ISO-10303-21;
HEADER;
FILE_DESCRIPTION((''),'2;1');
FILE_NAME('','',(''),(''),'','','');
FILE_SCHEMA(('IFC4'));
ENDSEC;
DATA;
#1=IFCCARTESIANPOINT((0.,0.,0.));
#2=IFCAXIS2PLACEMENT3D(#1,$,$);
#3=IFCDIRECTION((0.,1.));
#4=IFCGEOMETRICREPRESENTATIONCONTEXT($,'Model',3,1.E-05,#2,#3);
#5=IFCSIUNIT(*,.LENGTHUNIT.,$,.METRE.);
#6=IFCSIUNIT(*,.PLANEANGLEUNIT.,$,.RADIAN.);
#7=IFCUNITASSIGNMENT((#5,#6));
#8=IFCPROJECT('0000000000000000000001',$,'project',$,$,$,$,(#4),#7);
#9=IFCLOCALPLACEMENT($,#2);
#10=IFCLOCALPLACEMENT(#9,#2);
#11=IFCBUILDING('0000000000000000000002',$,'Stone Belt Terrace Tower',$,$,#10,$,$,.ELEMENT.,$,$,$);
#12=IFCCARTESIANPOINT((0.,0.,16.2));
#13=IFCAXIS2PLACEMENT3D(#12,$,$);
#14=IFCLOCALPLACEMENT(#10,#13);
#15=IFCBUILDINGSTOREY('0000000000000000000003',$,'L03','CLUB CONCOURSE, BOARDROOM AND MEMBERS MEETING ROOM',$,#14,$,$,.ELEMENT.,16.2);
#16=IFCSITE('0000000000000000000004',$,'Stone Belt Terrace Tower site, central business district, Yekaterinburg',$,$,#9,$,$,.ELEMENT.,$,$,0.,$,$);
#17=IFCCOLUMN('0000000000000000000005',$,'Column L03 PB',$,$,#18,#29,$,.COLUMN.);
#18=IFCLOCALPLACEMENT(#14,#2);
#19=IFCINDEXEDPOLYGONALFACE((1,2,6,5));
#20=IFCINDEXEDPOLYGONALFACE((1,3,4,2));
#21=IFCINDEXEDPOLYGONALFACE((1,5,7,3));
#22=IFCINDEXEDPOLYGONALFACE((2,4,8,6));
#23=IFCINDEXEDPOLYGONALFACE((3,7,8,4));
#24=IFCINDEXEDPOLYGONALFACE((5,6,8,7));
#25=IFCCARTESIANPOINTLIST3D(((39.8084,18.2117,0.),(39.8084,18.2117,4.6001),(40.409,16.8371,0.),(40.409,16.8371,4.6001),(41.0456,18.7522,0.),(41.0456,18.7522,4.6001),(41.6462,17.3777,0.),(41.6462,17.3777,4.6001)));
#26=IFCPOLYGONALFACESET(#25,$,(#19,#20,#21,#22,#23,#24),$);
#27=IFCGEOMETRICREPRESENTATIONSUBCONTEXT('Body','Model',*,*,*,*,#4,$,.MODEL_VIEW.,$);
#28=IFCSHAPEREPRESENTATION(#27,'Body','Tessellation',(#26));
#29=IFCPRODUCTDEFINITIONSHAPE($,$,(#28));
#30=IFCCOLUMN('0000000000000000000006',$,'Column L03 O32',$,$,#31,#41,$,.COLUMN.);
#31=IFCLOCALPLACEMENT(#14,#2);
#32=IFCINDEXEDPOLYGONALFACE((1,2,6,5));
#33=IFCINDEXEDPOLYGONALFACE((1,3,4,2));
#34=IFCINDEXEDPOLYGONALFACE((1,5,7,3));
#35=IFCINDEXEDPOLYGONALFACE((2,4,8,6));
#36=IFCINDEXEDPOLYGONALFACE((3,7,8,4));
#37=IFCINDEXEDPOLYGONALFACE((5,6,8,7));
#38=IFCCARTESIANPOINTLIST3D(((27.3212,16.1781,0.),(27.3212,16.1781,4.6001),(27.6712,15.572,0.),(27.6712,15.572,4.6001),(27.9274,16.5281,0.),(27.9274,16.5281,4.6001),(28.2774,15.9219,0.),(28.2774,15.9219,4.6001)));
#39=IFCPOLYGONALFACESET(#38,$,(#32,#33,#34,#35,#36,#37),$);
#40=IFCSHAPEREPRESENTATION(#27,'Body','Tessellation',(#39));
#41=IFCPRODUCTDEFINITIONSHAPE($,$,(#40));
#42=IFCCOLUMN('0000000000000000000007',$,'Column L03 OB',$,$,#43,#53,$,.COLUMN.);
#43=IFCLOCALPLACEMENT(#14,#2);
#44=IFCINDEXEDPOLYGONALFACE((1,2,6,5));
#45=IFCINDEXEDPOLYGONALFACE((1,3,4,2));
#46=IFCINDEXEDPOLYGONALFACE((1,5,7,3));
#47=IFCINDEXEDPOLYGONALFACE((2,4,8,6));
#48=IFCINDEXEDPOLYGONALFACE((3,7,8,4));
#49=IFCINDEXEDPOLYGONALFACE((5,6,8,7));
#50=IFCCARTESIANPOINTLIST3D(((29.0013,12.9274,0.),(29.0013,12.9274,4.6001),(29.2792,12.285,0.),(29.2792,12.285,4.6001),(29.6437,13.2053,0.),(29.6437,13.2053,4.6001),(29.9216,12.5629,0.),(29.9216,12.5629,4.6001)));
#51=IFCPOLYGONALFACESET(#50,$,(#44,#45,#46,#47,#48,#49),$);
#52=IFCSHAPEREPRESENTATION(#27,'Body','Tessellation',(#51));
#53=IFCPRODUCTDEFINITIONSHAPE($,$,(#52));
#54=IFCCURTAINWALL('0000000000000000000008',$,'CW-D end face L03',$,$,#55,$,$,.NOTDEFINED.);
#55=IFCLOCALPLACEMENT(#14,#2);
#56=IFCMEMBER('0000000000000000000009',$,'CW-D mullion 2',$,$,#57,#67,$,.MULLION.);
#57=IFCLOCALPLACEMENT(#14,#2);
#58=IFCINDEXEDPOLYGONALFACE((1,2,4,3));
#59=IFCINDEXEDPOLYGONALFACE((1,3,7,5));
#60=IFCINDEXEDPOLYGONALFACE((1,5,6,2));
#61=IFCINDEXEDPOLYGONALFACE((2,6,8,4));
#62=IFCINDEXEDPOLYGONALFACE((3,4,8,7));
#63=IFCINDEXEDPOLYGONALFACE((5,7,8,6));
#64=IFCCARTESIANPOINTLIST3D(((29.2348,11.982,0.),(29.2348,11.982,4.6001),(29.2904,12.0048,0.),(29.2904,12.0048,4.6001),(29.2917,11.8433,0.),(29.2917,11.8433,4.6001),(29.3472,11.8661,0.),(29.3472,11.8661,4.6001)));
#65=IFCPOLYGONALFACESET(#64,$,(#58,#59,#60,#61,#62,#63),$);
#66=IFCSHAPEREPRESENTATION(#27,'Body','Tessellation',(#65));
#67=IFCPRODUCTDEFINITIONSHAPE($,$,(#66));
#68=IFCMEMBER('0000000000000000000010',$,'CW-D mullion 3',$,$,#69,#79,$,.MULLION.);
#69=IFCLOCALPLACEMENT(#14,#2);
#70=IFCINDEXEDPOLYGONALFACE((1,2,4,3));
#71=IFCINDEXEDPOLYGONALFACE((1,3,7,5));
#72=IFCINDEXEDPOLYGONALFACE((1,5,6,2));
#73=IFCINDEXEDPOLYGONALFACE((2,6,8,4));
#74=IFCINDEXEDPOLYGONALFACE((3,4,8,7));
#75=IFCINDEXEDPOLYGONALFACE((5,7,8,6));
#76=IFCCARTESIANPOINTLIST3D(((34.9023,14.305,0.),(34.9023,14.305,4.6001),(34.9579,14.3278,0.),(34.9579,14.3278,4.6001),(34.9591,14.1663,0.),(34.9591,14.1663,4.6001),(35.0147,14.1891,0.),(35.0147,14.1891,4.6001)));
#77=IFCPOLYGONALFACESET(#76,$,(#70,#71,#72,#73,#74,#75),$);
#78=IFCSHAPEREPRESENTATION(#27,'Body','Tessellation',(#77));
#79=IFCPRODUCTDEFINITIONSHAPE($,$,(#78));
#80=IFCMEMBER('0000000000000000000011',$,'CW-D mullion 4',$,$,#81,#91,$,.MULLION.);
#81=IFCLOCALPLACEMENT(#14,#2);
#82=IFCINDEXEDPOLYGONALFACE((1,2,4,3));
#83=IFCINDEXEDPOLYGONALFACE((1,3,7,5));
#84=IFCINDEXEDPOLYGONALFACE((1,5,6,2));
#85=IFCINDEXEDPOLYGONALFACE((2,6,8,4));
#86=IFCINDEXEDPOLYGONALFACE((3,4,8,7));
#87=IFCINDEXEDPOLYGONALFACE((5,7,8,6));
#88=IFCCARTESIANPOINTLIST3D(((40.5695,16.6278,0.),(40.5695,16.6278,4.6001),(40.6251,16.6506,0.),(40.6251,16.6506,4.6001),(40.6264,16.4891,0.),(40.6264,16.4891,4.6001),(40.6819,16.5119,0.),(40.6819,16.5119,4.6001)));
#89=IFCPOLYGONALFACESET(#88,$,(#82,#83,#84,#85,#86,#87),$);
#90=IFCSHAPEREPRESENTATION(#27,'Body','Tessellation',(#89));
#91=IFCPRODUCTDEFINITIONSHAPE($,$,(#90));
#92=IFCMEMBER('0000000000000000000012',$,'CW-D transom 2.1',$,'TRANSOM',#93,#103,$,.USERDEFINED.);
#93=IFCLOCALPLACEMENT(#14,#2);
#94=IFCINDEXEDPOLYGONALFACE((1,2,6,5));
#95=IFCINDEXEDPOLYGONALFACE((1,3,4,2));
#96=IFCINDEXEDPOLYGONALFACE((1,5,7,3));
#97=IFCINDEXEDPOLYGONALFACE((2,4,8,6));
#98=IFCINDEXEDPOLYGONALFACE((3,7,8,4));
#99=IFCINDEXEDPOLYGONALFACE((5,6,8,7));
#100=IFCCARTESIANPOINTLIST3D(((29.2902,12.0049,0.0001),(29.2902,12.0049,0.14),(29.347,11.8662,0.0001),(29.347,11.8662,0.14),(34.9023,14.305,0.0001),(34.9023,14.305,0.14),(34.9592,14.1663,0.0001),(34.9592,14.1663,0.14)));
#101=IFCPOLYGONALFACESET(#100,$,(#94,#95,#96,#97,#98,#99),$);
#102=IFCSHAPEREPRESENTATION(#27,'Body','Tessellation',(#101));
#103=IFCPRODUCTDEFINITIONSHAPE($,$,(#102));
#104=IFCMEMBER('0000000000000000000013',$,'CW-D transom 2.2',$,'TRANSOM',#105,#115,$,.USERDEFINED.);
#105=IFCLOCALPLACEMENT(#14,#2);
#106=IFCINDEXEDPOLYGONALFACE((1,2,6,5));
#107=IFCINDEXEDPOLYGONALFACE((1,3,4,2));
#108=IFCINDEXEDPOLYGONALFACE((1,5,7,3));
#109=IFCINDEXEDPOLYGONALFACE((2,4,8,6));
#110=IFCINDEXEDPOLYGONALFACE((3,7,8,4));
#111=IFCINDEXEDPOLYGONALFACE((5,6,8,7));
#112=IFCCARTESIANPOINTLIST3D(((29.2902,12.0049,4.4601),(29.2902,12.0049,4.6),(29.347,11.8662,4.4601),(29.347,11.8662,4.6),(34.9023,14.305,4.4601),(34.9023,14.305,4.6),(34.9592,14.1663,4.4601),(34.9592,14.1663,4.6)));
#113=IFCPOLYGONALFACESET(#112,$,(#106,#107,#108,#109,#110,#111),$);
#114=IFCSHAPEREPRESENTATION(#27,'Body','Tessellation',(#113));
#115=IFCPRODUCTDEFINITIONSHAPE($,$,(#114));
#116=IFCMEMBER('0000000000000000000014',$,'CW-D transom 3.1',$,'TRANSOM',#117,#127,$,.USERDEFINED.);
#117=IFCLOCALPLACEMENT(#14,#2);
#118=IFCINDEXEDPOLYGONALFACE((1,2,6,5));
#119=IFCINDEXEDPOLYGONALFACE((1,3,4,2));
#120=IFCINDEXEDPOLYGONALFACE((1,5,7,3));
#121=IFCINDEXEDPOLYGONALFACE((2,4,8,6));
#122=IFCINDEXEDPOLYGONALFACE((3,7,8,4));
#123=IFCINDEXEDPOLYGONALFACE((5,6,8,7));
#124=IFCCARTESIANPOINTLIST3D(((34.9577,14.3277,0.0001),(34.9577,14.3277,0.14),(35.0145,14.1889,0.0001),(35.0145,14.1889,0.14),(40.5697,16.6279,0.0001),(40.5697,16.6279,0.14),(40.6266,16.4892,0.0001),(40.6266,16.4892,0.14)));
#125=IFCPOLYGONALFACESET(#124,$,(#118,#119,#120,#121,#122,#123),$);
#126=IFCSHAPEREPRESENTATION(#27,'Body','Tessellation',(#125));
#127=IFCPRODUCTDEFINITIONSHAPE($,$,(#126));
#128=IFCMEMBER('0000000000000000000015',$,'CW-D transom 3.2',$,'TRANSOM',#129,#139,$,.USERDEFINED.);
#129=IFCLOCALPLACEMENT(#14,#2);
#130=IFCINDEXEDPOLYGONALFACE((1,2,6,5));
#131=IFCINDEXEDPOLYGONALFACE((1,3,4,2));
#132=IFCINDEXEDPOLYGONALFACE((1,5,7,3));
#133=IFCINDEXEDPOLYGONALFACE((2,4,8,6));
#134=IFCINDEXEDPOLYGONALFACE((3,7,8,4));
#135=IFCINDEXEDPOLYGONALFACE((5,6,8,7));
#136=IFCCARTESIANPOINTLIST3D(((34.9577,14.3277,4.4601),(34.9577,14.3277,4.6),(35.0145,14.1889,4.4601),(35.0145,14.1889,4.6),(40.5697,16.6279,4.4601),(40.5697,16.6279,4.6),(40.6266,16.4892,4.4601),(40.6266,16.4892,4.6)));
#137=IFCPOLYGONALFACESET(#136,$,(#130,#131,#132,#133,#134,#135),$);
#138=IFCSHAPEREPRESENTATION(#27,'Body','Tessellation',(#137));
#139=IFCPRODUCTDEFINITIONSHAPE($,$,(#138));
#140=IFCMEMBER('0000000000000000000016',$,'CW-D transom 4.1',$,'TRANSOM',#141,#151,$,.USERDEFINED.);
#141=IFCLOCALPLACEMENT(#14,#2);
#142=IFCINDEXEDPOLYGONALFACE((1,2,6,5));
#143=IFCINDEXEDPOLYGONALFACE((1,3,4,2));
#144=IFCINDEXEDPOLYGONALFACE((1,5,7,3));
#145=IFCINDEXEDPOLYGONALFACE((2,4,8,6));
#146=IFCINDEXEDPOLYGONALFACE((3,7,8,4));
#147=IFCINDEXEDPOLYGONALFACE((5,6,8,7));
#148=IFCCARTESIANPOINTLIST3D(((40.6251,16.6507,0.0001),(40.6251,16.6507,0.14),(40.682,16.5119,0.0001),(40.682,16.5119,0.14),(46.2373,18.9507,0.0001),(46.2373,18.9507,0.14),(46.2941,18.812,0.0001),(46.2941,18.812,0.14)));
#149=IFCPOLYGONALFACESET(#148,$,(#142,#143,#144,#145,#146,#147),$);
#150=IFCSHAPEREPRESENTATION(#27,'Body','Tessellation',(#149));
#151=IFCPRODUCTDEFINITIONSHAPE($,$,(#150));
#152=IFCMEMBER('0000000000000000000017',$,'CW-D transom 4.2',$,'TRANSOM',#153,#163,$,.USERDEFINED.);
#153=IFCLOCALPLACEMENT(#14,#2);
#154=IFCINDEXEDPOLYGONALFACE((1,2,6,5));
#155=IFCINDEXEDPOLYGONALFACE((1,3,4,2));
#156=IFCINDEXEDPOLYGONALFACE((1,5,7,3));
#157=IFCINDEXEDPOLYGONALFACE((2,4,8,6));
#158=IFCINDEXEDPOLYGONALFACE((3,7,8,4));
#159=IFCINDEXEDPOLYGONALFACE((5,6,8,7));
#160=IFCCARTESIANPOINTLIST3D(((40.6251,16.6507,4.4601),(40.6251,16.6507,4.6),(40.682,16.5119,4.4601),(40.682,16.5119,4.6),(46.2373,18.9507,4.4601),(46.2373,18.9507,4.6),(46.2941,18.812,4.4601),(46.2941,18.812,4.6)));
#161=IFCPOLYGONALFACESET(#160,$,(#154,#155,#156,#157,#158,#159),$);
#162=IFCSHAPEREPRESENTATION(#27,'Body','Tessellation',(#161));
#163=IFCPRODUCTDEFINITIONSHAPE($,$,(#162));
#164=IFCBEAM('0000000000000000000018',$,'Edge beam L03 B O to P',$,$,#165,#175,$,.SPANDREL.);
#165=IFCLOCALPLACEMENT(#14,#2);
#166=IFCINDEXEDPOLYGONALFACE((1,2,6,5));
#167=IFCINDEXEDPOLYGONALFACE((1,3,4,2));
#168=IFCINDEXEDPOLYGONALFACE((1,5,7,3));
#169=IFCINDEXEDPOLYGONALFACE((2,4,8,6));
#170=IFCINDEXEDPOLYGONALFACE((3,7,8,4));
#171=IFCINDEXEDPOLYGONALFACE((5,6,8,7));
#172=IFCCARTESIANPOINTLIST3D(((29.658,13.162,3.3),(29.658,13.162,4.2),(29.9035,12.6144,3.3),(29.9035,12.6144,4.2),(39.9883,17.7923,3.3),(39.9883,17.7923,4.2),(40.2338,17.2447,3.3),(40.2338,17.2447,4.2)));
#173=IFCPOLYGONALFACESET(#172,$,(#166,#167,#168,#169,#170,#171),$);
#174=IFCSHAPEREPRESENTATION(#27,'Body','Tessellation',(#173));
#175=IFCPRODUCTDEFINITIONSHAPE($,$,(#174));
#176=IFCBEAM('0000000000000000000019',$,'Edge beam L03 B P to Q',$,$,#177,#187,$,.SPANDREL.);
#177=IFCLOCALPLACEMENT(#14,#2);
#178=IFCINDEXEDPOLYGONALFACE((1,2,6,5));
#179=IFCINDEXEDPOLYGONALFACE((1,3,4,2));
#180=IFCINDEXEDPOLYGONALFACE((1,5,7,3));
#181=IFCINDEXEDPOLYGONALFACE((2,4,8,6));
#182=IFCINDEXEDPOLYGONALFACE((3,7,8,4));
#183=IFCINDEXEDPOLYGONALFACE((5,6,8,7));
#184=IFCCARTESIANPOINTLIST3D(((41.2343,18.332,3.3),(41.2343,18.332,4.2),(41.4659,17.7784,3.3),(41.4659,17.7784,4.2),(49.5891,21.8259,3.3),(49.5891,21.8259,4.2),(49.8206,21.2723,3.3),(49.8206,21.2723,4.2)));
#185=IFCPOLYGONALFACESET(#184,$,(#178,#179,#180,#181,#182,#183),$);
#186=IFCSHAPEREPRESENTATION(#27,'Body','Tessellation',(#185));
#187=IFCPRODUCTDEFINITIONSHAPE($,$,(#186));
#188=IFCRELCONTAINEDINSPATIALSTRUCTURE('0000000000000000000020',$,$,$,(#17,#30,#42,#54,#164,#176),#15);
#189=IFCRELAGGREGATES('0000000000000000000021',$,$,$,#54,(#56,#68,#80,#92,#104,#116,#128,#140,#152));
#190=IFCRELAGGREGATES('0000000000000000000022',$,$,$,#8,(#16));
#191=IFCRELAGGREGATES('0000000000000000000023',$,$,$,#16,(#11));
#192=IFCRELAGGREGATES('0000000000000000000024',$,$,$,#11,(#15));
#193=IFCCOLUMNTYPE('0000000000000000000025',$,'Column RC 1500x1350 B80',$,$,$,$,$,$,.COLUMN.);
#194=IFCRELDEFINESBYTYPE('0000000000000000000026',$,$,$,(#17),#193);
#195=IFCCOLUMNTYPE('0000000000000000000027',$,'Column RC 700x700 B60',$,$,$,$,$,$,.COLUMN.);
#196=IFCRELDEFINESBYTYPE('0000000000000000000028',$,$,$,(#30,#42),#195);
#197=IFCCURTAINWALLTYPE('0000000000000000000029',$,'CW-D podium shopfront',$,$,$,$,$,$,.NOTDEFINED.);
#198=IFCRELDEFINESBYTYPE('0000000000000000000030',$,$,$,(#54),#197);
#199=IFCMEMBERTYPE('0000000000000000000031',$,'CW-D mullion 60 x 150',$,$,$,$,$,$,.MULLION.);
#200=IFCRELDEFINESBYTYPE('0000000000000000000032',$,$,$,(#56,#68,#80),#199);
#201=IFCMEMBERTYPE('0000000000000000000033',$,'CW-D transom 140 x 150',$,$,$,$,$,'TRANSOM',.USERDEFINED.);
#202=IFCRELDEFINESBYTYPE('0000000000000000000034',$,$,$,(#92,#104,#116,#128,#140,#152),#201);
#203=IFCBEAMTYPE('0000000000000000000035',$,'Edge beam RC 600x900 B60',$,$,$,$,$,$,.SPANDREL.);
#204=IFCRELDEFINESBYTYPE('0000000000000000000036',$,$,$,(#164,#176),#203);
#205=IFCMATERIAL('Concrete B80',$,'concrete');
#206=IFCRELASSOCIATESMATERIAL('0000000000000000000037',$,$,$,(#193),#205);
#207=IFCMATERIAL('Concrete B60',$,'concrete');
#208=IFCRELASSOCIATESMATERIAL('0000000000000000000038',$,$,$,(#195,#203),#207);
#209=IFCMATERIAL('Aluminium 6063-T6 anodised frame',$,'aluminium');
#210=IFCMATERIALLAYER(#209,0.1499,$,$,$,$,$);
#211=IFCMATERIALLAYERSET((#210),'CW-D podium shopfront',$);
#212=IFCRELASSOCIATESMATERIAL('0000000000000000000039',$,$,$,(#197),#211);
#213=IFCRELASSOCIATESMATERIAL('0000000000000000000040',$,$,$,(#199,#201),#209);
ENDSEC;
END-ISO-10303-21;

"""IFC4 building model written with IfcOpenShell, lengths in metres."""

from ifc_helpers import new_model, si_unit, direction, frame, origin, origin_2d, place, context, subcontext, project, spatial, rectangle, extrude, material, layer, layer_set, material_profile, profile_set, type_object, element, aggregate, save


model = new_model("IFC4")

# Units and contexts
model_context = context("Model", 3, precision=1e-05, world=origin(), true_north=direction((0.0, 1.0)))
body_context = subcontext(model_context, "Body", "Model", "MODEL_VIEW")
ifc_project = project(units=[si_unit("LENGTHUNIT", "METRE"), si_unit("PLANEANGLEUNIT", "RADIAN")], contexts=[model_context])

# Site, building, storey
site_placement = place(None, origin())
site = spatial("IfcSite", under=ifc_project, at=site_placement, Name="Stone Belt Terrace Tower site, central business district, Yekaterinburg", CompositionType="ELEMENT", RefElevation=0.0)
building_placement = place(site_placement, origin())
building = spatial("IfcBuilding", under=site, at=building_placement, Name="Stone Belt Terrace Tower", CompositionType="ELEMENT")
storey_placement = place(building_placement, frame((0.0, 0.0, 16.2)))
storey = spatial("IfcBuildingStorey", under=building, at=storey_placement, Name="L03", Description="CLUB CONCOURSE, BOARDROOM AND MEMBERS MEETING ROOM", CompositionType="ELEMENT", Elevation=16.2)

# Columns
ifc_material_1 = material(Name="Concrete B80", Category="concrete")
ifc_material_profile_1 = material_profile(ifc_material_1, rectangle(XDim=1.5, YDim=1.3501, at=origin_2d()), Name="RC 1500x1350")
ifc_profile_set_1 = profile_set([ifc_material_profile_1], Name="Concrete B80")
column_type_1 = type_object("IfcColumnType", Name="Column RC 1500x1350 B80", PredefinedType="COLUMN", material=ifc_profile_set_1)
column_placement = place(storey_placement, frame((40.7273, 17.7947, 0.0), z_axis=(0.0, 0.0, 1.0), x_axis=(0.400376, -0.916351, 0.0)))
element("IfcColumn", 1, at=column_placement, inside=storey, type_object=column_type_1, Name="Column L03 PB", PredefinedType="COLUMN", context=body_context, shape_type="SweptSolid", body=[
    extrude(rectangle(XDim=1.5, YDim=1.3501, at=origin_2d()), origin(), (0.0, 0.0, 1.0), 4.6001),
])
ifc_material_2 = material(Name="Concrete B60", Category="concrete")
ifc_material_profile_2 = material_profile(ifc_material_2, rectangle(XDim=0.7, YDim=0.7, at=origin_2d()), Name="RC 700x700")
ifc_profile_set_2 = profile_set([ifc_material_profile_2], Name="Concrete B60")
column_type_2 = type_object("IfcColumnType", Name="Column RC 700x700 B60", PredefinedType="COLUMN", material=ifc_profile_set_2)
for number, where, z_axis, x_axis, name in (
    (2, (27.7993, 16.05, 0.0), (0.0, 0.0, 1.0), (0.5, -0.866025, 0.0), "Column L03 O32"),
    (3, (29.4614, 12.7451, 0.0), (0.0, 0.0, 1.0), (0.397044, -0.9178, 0.0), "Column L03 OB"),
):
    element("IfcColumn", number, at=place(storey_placement, frame(where, z_axis=z_axis, x_axis=x_axis)), inside=storey, type_object=column_type_2, Name=name, PredefinedType="COLUMN", context=body_context, shape_type="SweptSolid", body=[
        extrude(rectangle(XDim=0.7, YDim=0.7, at=origin_2d()), origin(), (0.0, 0.0, 1.0), 4.6001),
    ])

# Curtain wall, members
ifc_material_3 = material(Name="Aluminium 6063-T6 anodised frame", Category="aluminium")
ifc_layer_1 = layer(ifc_material_3, 0.1499)
ifc_layer_set_1 = layer_set([ifc_layer_1], Name="CW-D podium shopfront")
curtain_wall_type = type_object("IfcCurtainWallType", Name="CW-D podium shopfront", PredefinedType="NOTDEFINED", material=ifc_layer_set_1)
curtain_wall_placement = place(storey_placement, origin())
curtain_wall = element("IfcCurtainWall", 4, at=curtain_wall_placement, inside=storey, type_object=curtain_wall_type, Name="CW-D end face L03", PredefinedType="NOTDEFINED")
ifc_material_profile_3 = material_profile(ifc_material_3, rectangle(XDim=0.1499, YDim=0.0601, at=origin_2d()), Name="Aluminium 6063-T6 60x150")
ifc_profile_set_3 = profile_set([ifc_material_profile_3], Name="Aluminium 6063-T6 anodised frame")
member_type_1 = type_object("IfcMemberType", Name="CW-D mullion 60 x 150", PredefinedType="MULLION", material=ifc_profile_set_3)
member_1_placement = place(storey_placement, frame((29.291, 11.9241, 0.0), z_axis=(0.0, 0.0, 1.0), x_axis=(-0.379243, 0.925297, 0.0)))
member_1 = element("IfcMember", 5, at=member_1_placement, type_object=member_type_1, Name="CW-D mullion 2", PredefinedType="MULLION", context=body_context, shape_type="SweptSolid", body=[
    extrude(rectangle(XDim=0.1499, YDim=0.0601, at=origin_2d()), origin(), (0.0, 0.0, 1.0), 4.6001),
])
member_2_placement = place(storey_placement, frame((34.9585, 14.2471, 0.0), z_axis=(0.0, 0.0, 1.0), x_axis=(-0.379243, 0.925297, 0.0)))
member_2 = element("IfcMember", 6, at=member_2_placement, type_object=member_type_1, Name="CW-D mullion 3", PredefinedType="MULLION", context=body_context, shape_type="SweptSolid", body=[
    extrude(rectangle(XDim=0.1499, YDim=0.0601, at=origin_2d()), origin(), (0.0, 0.0, 1.0), 4.6001),
])
member_3_placement = place(storey_placement, frame((40.6257, 16.5698, 0.0), z_axis=(0.0, 0.0, 1.0), x_axis=(-0.379243, 0.925297, 0.0)))
member_3 = element("IfcMember", 7, at=member_3_placement, type_object=member_type_1, Name="CW-D mullion 4", PredefinedType="MULLION", context=body_context, shape_type="SweptSolid", body=[
    extrude(rectangle(XDim=0.1499, YDim=0.0601, at=origin_2d()), origin(), (0.0, 0.0, 1.0), 4.6001),
])
ifc_material_profile_4 = material_profile(ifc_material_3, rectangle(XDim=0.1499, YDim=0.1399, at=origin_2d()), Name="Aluminium 6063-T6 150x140")
ifc_profile_set_4 = profile_set([ifc_material_profile_4], Name="Aluminium 6063-T6 anodised frame")
member_type_2 = type_object("IfcMemberType", Name="CW-D transom 140 x 150", ElementType="TRANSOM", PredefinedType="USERDEFINED", material=ifc_profile_set_4)
member_4_placement = place(storey_placement, frame((29.3186, 11.9355, 0.0701), z_axis=(0.925304, 0.379227, 0.0), x_axis=(-0.379227, 0.925304, 0.0)))
member_4 = element("IfcMember", 8, at=member_4_placement, type_object=member_type_2, Name="CW-D transom 2.1", ObjectType="TRANSOM", PredefinedType="USERDEFINED", context=body_context, shape_type="SweptSolid", body=[
    extrude(rectangle(XDim=0.1499, YDim=0.1399, at=origin_2d()), origin(), (0.0, 0.0, 1.0), 6.0652),
])
member_5_placement = place(storey_placement, frame((29.3186, 11.9355, 4.53), z_axis=(0.925304, 0.379227, 0.0), x_axis=(-0.379227, 0.925304, 0.0)))
member_5 = element("IfcMember", 9, at=member_5_placement, type_object=member_type_2, Name="CW-D transom 2.2", ObjectType="TRANSOM", PredefinedType="USERDEFINED", context=body_context, shape_type="SweptSolid", body=[
    extrude(rectangle(XDim=0.1499, YDim=0.1399, at=origin_2d()), origin(), (0.0, 0.0, 1.0), 6.0652),
])
member_6_placement = place(storey_placement, frame((34.9861, 14.2583, 0.0701), z_axis=(0.92529, 0.379261, 0.0), x_axis=(-0.379261, 0.92529, 0.0)))
member_6 = element("IfcMember", 10, at=member_6_placement, type_object=member_type_2, Name="CW-D transom 3.1", ObjectType="TRANSOM", PredefinedType="USERDEFINED", context=body_context, shape_type="SweptSolid", body=[
    extrude(rectangle(XDim=0.1499, YDim=0.1399, at=origin_2d()), origin(), (0.0, 0.0, 1.0), 6.0652),
])
member_7_placement = place(storey_placement, frame((34.9861, 14.2583, 4.53), z_axis=(0.92529, 0.379261, 0.0), x_axis=(-0.379261, 0.92529, 0.0)))
member_7 = element("IfcMember", 11, at=member_7_placement, type_object=member_type_2, Name="CW-D transom 3.2", ObjectType="TRANSOM", PredefinedType="USERDEFINED", context=body_context, shape_type="SweptSolid", body=[
    extrude(rectangle(XDim=0.1499, YDim=0.1399, at=origin_2d()), origin(), (0.0, 0.0, 1.0), 6.0652),
])
member_8_placement = place(storey_placement, frame((40.6536, 16.5813, 0.0701), z_axis=(0.925304, 0.379227, 0.0), x_axis=(-0.379227, 0.925304, 0.0)))
member_8 = element("IfcMember", 12, at=member_8_placement, type_object=member_type_2, Name="CW-D transom 4.1", ObjectType="TRANSOM", PredefinedType="USERDEFINED", context=body_context, shape_type="SweptSolid", body=[
    extrude(rectangle(XDim=0.1499, YDim=0.1399, at=origin_2d()), origin(), (0.0, 0.0, 1.0), 6.0652),
])
member_9_placement = place(storey_placement, frame((40.6536, 16.5813, 4.53), z_axis=(0.925304, 0.379227, 0.0), x_axis=(-0.379227, 0.925304, 0.0)))
member_9 = element("IfcMember", 13, at=member_9_placement, type_object=member_type_2, Name="CW-D transom 4.2", ObjectType="TRANSOM", PredefinedType="USERDEFINED", context=body_context, shape_type="SweptSolid", body=[
    extrude(rectangle(XDim=0.1499, YDim=0.1399, at=origin_2d()), origin(), (0.0, 0.0, 1.0), 6.0652),
])

# Beams
ifc_material_profile_5 = material_profile(ifc_material_2, rectangle(XDim=0.6001, YDim=0.8999, at=origin_2d()), Name="RC 600x900")
ifc_profile_set_5 = profile_set([ifc_material_profile_5], Name="Concrete B60")
beam_type = type_object("IfcBeamType", Name="Edge beam RC 600x900 B60", PredefinedType="SPANDREL", material=ifc_profile_set_5)
beam_1_placement = place(storey_placement, frame((29.7808, 12.8882, 3.75), z_axis=(0.912525, 0.409022, 0.0), x_axis=(-0.409022, 0.912525, 0.0)))
element("IfcBeam", 14, at=beam_1_placement, inside=storey, type_object=beam_type, Name="Edge beam L03 B O to P", PredefinedType="SPANDREL", context=body_context, shape_type="SweptSolid", body=[
    extrude(rectangle(XDim=0.6001, YDim=0.8999, at=origin_2d()), origin(), (0.0, 0.0, 1.0), 11.3206),
])
beam_2_placement = place(storey_placement, frame((41.3501, 18.0552, 3.75), z_axis=(0.922576, 0.385815, 0.0), x_axis=(-0.385815, 0.922576, 0.0)))
element("IfcBeam", 15, at=beam_2_placement, inside=storey, type_object=beam_type, Name="Edge beam L03 B P to Q", PredefinedType="SPANDREL", context=body_context, shape_type="SweptSolid", body=[
    extrude(rectangle(XDim=0.6001, YDim=0.8999, at=origin_2d()), origin(), (0.0, 0.0, 1.0), 9.0559),
])

aggregate(curtain_wall, [member_1, member_2, member_3, member_4, member_5, member_6, member_7, member_8, member_9])

save(model, "model.ifc")
